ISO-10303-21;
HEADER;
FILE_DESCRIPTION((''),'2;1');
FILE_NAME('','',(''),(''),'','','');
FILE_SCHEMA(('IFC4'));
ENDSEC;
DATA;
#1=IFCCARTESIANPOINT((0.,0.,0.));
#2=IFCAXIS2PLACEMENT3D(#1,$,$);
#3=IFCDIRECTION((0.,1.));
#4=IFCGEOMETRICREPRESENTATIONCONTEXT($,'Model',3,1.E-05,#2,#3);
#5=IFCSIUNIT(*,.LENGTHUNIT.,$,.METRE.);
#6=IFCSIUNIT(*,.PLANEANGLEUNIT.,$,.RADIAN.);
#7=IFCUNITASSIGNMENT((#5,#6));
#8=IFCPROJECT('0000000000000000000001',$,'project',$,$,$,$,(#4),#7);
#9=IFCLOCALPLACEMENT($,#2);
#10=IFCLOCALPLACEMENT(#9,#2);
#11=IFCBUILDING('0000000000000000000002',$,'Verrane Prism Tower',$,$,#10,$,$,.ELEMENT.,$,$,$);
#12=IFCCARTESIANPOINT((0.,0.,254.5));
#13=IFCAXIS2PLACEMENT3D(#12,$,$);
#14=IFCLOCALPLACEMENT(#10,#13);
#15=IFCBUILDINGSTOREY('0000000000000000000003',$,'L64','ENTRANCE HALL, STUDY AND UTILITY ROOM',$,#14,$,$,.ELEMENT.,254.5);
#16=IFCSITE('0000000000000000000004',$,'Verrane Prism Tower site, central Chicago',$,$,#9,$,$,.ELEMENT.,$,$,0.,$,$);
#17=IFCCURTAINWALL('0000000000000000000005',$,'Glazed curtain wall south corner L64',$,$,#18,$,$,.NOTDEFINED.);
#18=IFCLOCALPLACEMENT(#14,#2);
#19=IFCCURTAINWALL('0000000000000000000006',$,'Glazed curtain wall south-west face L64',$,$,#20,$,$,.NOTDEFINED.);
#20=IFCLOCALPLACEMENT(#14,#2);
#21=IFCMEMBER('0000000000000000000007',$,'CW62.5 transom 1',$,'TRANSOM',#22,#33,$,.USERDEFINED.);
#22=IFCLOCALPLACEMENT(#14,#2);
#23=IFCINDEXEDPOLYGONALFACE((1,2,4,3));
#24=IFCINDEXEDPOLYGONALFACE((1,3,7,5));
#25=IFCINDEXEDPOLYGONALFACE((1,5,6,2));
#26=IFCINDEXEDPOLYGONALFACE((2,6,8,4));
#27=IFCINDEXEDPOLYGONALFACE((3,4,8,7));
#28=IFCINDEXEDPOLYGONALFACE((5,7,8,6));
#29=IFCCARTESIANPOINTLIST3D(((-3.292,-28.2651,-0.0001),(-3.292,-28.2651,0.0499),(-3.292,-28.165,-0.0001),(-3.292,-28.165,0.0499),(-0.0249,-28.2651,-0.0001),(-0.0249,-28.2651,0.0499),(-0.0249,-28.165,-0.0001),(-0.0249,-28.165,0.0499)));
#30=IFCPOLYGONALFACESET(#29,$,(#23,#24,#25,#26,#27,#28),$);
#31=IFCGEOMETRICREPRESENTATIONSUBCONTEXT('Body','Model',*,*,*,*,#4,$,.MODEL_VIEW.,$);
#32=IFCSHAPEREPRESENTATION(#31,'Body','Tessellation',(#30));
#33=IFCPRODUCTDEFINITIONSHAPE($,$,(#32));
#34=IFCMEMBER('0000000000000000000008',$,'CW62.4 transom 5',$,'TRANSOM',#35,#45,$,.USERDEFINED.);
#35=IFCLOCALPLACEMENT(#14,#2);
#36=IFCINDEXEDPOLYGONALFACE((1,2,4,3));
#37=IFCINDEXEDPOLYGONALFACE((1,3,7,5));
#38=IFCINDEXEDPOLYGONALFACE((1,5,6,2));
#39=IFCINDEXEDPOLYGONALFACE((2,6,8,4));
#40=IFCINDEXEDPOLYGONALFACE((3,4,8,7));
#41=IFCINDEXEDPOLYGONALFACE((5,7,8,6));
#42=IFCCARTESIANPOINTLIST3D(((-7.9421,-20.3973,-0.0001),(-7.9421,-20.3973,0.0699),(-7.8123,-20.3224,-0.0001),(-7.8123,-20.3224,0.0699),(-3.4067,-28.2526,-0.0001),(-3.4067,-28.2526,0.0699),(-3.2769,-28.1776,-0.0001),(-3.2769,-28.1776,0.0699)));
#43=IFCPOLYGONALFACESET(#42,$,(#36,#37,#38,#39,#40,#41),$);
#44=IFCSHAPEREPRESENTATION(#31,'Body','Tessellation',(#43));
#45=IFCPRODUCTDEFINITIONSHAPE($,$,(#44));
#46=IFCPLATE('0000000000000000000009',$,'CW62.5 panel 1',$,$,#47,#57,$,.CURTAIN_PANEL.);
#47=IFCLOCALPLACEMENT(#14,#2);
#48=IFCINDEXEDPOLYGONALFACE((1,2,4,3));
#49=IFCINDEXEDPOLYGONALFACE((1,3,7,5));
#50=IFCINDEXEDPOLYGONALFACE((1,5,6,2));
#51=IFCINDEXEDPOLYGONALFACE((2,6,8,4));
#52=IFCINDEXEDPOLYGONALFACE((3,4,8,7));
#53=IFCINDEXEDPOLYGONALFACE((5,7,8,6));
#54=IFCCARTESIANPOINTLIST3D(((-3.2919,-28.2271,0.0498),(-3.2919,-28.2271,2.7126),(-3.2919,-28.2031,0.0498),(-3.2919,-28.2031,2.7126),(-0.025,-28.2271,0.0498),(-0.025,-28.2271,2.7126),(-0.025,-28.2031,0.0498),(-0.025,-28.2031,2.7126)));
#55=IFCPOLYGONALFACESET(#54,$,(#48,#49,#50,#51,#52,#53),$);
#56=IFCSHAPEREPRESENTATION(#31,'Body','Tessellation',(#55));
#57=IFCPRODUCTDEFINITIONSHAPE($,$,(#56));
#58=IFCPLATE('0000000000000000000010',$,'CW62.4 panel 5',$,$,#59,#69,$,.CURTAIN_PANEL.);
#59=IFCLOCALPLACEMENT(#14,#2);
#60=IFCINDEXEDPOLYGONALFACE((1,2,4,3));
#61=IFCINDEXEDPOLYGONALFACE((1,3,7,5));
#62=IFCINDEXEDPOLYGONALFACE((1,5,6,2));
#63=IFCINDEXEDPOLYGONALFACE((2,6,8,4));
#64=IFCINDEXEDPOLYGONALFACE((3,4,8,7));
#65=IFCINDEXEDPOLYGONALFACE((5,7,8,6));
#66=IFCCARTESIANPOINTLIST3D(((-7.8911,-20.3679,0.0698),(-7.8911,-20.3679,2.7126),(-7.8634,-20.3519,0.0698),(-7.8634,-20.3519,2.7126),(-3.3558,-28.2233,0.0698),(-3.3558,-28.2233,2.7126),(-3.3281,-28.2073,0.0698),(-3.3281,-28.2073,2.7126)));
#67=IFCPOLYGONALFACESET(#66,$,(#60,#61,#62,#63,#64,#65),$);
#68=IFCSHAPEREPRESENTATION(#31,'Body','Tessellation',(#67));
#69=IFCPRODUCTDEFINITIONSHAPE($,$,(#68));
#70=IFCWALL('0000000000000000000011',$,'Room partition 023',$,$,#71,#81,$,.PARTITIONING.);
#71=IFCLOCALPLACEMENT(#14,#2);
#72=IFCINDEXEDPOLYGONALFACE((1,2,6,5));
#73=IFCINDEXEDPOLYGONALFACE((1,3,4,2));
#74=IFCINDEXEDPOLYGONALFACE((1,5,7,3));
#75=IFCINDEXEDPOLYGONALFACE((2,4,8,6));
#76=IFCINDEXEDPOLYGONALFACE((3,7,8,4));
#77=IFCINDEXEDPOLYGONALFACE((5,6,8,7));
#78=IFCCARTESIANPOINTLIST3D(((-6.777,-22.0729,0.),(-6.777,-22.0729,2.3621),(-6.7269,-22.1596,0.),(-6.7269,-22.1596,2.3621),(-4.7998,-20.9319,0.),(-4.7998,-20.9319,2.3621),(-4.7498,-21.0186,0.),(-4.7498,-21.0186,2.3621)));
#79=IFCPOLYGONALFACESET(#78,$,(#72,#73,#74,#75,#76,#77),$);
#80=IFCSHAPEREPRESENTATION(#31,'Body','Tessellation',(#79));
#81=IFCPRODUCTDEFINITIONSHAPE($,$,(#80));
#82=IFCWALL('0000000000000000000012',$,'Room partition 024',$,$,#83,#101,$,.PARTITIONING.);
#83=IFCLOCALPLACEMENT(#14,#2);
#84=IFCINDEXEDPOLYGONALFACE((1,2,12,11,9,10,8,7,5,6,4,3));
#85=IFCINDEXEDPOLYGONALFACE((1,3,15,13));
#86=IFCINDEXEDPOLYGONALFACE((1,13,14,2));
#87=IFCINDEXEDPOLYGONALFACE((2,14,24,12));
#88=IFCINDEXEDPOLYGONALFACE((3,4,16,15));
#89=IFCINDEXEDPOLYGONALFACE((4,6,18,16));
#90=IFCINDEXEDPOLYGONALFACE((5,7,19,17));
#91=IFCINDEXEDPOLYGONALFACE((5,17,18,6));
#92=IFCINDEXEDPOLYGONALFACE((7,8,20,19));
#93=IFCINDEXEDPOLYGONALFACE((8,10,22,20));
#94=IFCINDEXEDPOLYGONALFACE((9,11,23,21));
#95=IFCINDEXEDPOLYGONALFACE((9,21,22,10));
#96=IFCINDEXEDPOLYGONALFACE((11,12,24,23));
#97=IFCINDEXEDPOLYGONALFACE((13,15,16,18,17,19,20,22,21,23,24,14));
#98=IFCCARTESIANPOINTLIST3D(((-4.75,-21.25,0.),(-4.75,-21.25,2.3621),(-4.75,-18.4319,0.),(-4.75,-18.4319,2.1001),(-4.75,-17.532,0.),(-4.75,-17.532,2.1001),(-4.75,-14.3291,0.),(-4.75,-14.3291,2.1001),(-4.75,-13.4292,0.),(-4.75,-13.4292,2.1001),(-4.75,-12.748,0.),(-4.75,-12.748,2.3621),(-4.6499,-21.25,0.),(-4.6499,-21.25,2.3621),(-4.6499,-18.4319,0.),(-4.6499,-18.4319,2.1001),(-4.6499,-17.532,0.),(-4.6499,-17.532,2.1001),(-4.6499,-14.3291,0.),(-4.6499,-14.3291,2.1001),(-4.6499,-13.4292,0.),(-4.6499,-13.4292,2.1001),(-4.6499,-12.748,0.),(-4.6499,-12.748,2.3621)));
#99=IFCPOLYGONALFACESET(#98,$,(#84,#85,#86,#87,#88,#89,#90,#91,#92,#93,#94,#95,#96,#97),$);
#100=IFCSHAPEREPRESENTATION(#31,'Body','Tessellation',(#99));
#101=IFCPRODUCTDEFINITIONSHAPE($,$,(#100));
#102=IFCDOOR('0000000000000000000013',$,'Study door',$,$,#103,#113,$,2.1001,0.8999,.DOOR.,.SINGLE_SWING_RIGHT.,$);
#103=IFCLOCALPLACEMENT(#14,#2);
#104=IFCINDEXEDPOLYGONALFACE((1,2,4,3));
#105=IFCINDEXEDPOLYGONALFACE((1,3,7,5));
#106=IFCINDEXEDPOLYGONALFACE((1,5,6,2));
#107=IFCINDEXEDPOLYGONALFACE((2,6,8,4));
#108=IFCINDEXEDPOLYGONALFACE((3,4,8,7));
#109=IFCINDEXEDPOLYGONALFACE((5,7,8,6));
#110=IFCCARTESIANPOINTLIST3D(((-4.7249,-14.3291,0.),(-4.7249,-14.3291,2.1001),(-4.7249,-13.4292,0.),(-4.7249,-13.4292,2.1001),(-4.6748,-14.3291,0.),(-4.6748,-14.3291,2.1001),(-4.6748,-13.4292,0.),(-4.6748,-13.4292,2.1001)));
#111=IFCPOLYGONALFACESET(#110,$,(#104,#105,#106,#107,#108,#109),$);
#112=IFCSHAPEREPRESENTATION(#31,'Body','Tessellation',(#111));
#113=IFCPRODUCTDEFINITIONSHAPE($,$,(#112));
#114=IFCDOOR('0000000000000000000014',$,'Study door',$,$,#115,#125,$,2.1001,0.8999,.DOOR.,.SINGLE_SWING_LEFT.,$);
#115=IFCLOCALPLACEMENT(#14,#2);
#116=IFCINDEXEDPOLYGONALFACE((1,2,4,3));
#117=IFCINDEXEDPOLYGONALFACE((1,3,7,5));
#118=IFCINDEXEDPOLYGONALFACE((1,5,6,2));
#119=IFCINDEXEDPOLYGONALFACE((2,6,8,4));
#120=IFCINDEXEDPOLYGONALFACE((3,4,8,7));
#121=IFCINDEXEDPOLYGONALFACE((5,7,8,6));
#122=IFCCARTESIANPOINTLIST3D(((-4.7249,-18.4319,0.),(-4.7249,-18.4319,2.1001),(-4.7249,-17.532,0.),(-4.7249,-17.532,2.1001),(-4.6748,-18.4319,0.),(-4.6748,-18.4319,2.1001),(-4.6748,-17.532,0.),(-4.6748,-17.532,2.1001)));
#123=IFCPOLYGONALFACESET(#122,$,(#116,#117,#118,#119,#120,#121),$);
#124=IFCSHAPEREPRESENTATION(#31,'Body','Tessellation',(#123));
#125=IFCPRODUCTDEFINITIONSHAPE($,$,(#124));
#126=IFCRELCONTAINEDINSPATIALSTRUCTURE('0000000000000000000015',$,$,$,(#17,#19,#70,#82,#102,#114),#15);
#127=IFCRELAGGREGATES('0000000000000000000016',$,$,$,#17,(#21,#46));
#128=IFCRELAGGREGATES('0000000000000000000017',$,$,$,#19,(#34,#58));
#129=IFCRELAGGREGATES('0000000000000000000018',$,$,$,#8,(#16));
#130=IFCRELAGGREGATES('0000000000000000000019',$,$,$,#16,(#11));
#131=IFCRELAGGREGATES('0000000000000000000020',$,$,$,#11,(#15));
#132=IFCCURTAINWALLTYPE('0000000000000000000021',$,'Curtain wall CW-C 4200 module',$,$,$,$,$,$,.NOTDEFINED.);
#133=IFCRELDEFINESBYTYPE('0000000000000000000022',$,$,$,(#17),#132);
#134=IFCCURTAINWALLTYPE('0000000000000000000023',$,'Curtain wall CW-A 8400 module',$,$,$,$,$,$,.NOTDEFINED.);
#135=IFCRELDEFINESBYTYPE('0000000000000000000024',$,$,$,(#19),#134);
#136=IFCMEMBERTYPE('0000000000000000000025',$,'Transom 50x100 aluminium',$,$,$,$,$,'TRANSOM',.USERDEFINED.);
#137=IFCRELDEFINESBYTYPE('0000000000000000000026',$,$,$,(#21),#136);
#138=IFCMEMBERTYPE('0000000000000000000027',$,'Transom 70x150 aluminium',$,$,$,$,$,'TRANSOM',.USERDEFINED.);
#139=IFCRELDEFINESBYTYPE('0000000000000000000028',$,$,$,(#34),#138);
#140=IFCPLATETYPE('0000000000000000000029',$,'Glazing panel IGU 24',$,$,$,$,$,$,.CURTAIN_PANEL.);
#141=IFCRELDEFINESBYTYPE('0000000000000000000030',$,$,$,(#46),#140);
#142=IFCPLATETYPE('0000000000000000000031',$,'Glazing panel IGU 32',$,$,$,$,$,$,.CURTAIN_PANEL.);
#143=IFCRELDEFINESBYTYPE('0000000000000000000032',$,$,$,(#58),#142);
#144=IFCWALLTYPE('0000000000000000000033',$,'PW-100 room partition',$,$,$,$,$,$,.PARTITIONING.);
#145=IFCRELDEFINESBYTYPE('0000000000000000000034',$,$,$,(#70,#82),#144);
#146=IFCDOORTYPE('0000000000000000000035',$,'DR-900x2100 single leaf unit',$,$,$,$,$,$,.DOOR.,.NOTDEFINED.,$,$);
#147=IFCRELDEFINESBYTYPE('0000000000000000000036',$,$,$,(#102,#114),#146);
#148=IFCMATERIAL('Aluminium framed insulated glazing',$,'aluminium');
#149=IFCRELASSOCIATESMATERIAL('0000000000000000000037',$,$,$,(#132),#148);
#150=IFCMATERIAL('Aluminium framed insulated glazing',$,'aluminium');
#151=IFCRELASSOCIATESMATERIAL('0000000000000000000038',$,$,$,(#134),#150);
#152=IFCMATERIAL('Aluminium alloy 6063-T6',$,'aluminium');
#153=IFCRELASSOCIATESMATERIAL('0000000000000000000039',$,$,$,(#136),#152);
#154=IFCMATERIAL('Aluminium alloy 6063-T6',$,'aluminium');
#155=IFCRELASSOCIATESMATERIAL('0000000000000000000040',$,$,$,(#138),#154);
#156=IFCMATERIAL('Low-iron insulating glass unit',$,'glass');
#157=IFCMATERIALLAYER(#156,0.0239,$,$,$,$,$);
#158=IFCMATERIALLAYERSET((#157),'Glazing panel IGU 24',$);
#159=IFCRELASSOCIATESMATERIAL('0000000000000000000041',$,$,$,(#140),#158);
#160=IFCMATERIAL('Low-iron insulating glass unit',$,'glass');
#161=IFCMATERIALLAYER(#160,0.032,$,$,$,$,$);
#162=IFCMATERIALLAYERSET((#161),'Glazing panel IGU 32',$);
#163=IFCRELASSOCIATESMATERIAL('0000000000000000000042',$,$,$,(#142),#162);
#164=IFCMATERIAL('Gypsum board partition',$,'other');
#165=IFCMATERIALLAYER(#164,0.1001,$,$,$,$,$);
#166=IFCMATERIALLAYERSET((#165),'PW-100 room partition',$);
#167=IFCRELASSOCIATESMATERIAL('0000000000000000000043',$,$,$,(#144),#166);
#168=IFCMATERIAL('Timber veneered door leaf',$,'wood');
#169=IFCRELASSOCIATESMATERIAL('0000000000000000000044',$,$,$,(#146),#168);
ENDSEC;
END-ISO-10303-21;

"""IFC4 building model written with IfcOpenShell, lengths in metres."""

from ifc_helpers import new_model, si_unit, direction, frame, frame_2d, origin, origin_2d, place, context, subcontext, project, spatial, rectangle, extrude, material, layer, layer_set, material_profile, profile_set, type_object, element, fill, aggregate, save


model = new_model("IFC4")

# Units and contexts
model_context = context("Model", 3, precision=1e-05, world=origin(), true_north=direction((0.0, 1.0)))
body_context = subcontext(model_context, "Body", "Model", "MODEL_VIEW")
ifc_project = project(units=[si_unit("LENGTHUNIT", "METRE"), si_unit("PLANEANGLEUNIT", "RADIAN")], contexts=[model_context])

# Site, building, storey
site_placement = place(None, origin())
site = spatial("IfcSite", under=ifc_project, at=site_placement, Name="Verrane Prism Tower site, central Chicago", CompositionType="ELEMENT", RefElevation=0.0)
building_placement = place(site_placement, origin())
building = spatial("IfcBuilding", under=site, at=building_placement, Name="Verrane Prism Tower", CompositionType="ELEMENT")
storey_placement = place(building_placement, frame((0.0, 0.0, 254.5)))
storey = spatial("IfcBuildingStorey", under=building, at=storey_placement, Name="L64", Description="ENTRANCE HALL, STUDY AND UTILITY ROOM", CompositionType="ELEMENT", Elevation=254.5)

# Curtain walls
ifc_material_1 = material(Name="Aluminium framed insulated glazing", Category="aluminium")
curtain_wall_type_1 = type_object("IfcCurtainWallType", Name="Curtain wall CW-C 4200 module", PredefinedType="NOTDEFINED", material=ifc_material_1)
curtain_wall_1_placement = place(storey_placement, origin())
curtain_wall_1 = element("IfcCurtainWall", 1, at=curtain_wall_1_placement, inside=storey, type_object=curtain_wall_type_1, Name="Glazed curtain wall south corner L64", PredefinedType="NOTDEFINED")
ifc_material_2 = material(Name="Aluminium framed insulated glazing", Category="aluminium")
curtain_wall_type_2 = type_object("IfcCurtainWallType", Name="Curtain wall CW-A 8400 module", PredefinedType="NOTDEFINED", material=ifc_material_2)
curtain_wall_2_placement = place(storey_placement, origin())
curtain_wall_2 = element("IfcCurtainWall", 2, at=curtain_wall_2_placement, inside=storey, type_object=curtain_wall_type_2, Name="Glazed curtain wall south-west face L64", PredefinedType="NOTDEFINED")

# Members
ifc_material_3 = material(Name="Aluminium alloy 6063-T6", Category="aluminium")
ifc_material_profile_1 = material_profile(ifc_material_3, rectangle(XDim=0.1001, YDim=0.05, at=origin_2d()), Name="Transom 50x100 aluminium")
ifc_profile_set_1 = profile_set([ifc_material_profile_1], Name="Aluminium alloy 6063-T6")
member_type_1 = type_object("IfcMemberType", Name="Transom 50x100 aluminium", ElementType="TRANSOM", PredefinedType="USERDEFINED", material=ifc_profile_set_1)
member_1_placement = place(storey_placement, frame((-3.292, -28.2151, 0.0249), z_axis=(1.0, 0.0, 0.0), x_axis=(0.0, 1.0, 0.0)))
member_1 = element("IfcMember", 3, at=member_1_placement, type_object=member_type_1, Name="CW62.5 transom 1", ObjectType="TRANSOM", PredefinedType="USERDEFINED", context=body_context, shape_type="SweptSolid", body=[
    extrude(rectangle(XDim=0.1001, YDim=0.05, at=origin_2d()), origin(), (0.0, 0.0, 1.0), 3.2671),
])
ifc_material_4 = material(Name="Aluminium alloy 6063-T6", Category="aluminium")
ifc_material_profile_2 = material_profile(ifc_material_4, rectangle(XDim=0.1499, YDim=0.0701, at=origin_2d()), Name="Transom 70x150 aluminium")
ifc_profile_set_2 = profile_set([ifc_material_profile_2], Name="Aluminium alloy 6063-T6")
member_type_2 = type_object("IfcMemberType", Name="Transom 70x150 aluminium", ElementType="TRANSOM", PredefinedType="USERDEFINED", material=ifc_profile_set_2)
member_2_placement = place(storey_placement, frame((-7.8772, -20.3599, 0.0349), z_axis=(0.500015, -0.866017, 0.0), x_axis=(0.866017, 0.500015, 0.0)))
member_2 = element("IfcMember", 4, at=member_2_placement, type_object=member_type_2, Name="CW62.4 transom 5", ObjectType="TRANSOM", PredefinedType="USERDEFINED", context=body_context, shape_type="SweptSolid", body=[
    extrude(rectangle(XDim=0.1499, YDim=0.0701, at=origin_2d()), origin(), (0.0, 0.0, 1.0), 9.0706),
])

# Plates
ifc_material_5 = material(Name="Low-iron insulating glass unit", Category="glass")
ifc_layer_1 = layer(ifc_material_5, 0.0239)
ifc_layer_set_1 = layer_set([ifc_layer_1], Name="Glazing panel IGU 24")
plate_type_1 = type_object("IfcPlateType", Name="Glazing panel IGU 24", PredefinedType="CURTAIN_PANEL", material=ifc_layer_set_1)
plate_1_placement = place(storey_placement, frame((-1.6584, -28.2151, 0.0498), z_axis=(0.0, 0.0, 1.0), x_axis=(1.0, 0.0, 0.0)))
plate_1 = element("IfcPlate", 5, at=plate_1_placement, type_object=plate_type_1, Name="CW62.5 panel 1", PredefinedType="CURTAIN_PANEL", context=body_context, shape_type="SweptSolid", body=[
    extrude(rectangle(XDim=3.2668, YDim=0.0239, at=origin_2d()), origin(), (0.0, 0.0, 1.0), 2.6628),
])
aggregate(curtain_wall_1, [member_1, plate_1])
ifc_material_6 = material(Name="Low-iron insulating glass unit", Category="glass")
ifc_layer_2 = layer(ifc_material_6, 0.032)
ifc_layer_set_2 = layer_set([ifc_layer_2], Name="Glazing panel IGU 32")
plate_type_2 = type_object("IfcPlateType", Name="Glazing panel IGU 32", PredefinedType="CURTAIN_PANEL", material=ifc_layer_set_2)
plate_2_placement = place(storey_placement, frame((-5.6096, -24.2876, 0.0698), z_axis=(0.0, 0.0, 1.0), x_axis=(0.5, -0.866026, 0.0)))
plate_2 = element("IfcPlate", 6, at=plate_2_placement, type_object=plate_type_2, Name="CW62.4 panel 5", PredefinedType="CURTAIN_PANEL", context=body_context, shape_type="SweptSolid", body=[
    extrude(rectangle(XDim=9.0706, YDim=0.032, at=origin_2d()), origin(), (0.0, 0.0, 1.0), 2.6428),
])
aggregate(curtain_wall_2, [member_2, plate_2])

# Wall
ifc_material_7 = material(Name="Gypsum board partition", Category="other")
ifc_layer_3 = layer(ifc_material_7, 0.1001)
ifc_layer_set_3 = layer_set([ifc_layer_3], Name="PW-100 room partition")
wall_type = type_object("IfcWallType", Name="PW-100 room partition", PredefinedType="PARTITIONING", material=ifc_layer_set_3)
wall_1_placement = place(storey_placement, frame((-6.752, -22.1162, 0.0), z_axis=(0.0, 0.0, 1.0), x_axis=(0.866136, 0.499809, 0.0)))
element("IfcWall", 7, at=wall_1_placement, inside=storey, type_object=wall_type, Name="Room partition 023", PredefinedType="PARTITIONING", context=body_context, shape_type="SweptSolid", body=[
    extrude(rectangle(XDim=2.2827, YDim=0.1001, at=frame_2d((1.1414, 0.0))), origin(), (0.0, 0.0, 1.0), 2.3621),
])

# Wall, openings, doors
wall_2_placement = place(storey_placement, frame((-4.7, -21.25, 0.0), z_axis=(0.0, 0.0, 1.0), x_axis=(0.0, 1.0, 0.0)))
wall_2 = element("IfcWall", 8, at=wall_2_placement, inside=storey, type_object=wall_type, Name="Room partition 024", PredefinedType="PARTITIONING", context=body_context, shape_type="SweptSolid", body=[
    extrude(rectangle(XDim=8.502, YDim=0.1001, at=frame_2d((4.251, 0.0))), origin(), (0.0, 0.0, 1.0), 2.3621),
])
opening_1_placement = place(wall_2_placement, frame((6.9209, 0.0, 0.0)))
opening_1 = element("IfcOpeningElement", 9, at=opening_1_placement, cuts=wall_2, PredefinedType="OPENING", context=body_context, shape_type="SweptSolid", body=[
    extrude(rectangle(XDim=0.8999, YDim=2.1001, at=frame_2d((0.45, 1.05))), frame((0.0, 0.0601, 0.0), z_axis=(0.0, -1.0, 0.0), x_axis=(1.0, 0.0, 0.0)), (0.0, 0.0, 1.0), 0.1201),
])
opening_2_placement = place(wall_2_placement, frame((2.8181, 0.0, 0.0)))
opening_2 = element("IfcOpeningElement", 10, at=opening_2_placement, cuts=wall_2, PredefinedType="OPENING", context=body_context, shape_type="SweptSolid", body=[
    extrude(rectangle(XDim=0.8999, YDim=2.1001, at=frame_2d((0.45, 1.05))), frame((0.0, 0.0601, 0.0), z_axis=(0.0, -1.0, 0.0), x_axis=(1.0, 0.0, 0.0)), (0.0, 0.0, 1.0), 0.1201),
])
ifc_material_8 = material(Name="Timber veneered door leaf", Category="wood")
door_type = type_object("IfcDoorType", Name="DR-900x2100 single leaf unit", OperationType="NOTDEFINED", PredefinedType="DOOR", material=ifc_material_8)
door_1_placement = place(opening_1_placement, origin())
door_1 = element("IfcDoor", 11, at=door_1_placement, inside=storey, type_object=door_type, Name="Study door", OperationType="SINGLE_SWING_RIGHT", OverallHeight=2.1001, OverallWidth=0.8999, PredefinedType="DOOR", context=body_context, shape_type="SweptSolid", body=[
    extrude(rectangle(XDim=0.8999, YDim=2.1001, at=frame_2d((0.45, 1.05))), frame((0.0, 0.0249, 0.0), z_axis=(0.0, -1.0, 0.0), x_axis=(1.0, 0.0, 0.0)), (0.0, 0.0, 1.0), 0.05),
])
fill(opening_1, door_1)
door_2_placement = place(opening_2_placement, origin())
door_2 = element("IfcDoor", 12, at=door_2_placement, inside=storey, type_object=door_type, Name="Study door", OperationType="SINGLE_SWING_LEFT", OverallHeight=2.1001, OverallWidth=0.8999, PredefinedType="DOOR", context=body_context, shape_type="SweptSolid", body=[
    extrude(rectangle(XDim=0.8999, YDim=2.1001, at=frame_2d((0.45, 1.05))), frame((0.0, 0.0249, 0.0), z_axis=(0.0, -1.0, 0.0), x_axis=(1.0, 0.0, 0.0)), (0.0, 0.0, 1.0), 0.05),
])
fill(opening_2, door_2)

save(model, "model.ifc")
